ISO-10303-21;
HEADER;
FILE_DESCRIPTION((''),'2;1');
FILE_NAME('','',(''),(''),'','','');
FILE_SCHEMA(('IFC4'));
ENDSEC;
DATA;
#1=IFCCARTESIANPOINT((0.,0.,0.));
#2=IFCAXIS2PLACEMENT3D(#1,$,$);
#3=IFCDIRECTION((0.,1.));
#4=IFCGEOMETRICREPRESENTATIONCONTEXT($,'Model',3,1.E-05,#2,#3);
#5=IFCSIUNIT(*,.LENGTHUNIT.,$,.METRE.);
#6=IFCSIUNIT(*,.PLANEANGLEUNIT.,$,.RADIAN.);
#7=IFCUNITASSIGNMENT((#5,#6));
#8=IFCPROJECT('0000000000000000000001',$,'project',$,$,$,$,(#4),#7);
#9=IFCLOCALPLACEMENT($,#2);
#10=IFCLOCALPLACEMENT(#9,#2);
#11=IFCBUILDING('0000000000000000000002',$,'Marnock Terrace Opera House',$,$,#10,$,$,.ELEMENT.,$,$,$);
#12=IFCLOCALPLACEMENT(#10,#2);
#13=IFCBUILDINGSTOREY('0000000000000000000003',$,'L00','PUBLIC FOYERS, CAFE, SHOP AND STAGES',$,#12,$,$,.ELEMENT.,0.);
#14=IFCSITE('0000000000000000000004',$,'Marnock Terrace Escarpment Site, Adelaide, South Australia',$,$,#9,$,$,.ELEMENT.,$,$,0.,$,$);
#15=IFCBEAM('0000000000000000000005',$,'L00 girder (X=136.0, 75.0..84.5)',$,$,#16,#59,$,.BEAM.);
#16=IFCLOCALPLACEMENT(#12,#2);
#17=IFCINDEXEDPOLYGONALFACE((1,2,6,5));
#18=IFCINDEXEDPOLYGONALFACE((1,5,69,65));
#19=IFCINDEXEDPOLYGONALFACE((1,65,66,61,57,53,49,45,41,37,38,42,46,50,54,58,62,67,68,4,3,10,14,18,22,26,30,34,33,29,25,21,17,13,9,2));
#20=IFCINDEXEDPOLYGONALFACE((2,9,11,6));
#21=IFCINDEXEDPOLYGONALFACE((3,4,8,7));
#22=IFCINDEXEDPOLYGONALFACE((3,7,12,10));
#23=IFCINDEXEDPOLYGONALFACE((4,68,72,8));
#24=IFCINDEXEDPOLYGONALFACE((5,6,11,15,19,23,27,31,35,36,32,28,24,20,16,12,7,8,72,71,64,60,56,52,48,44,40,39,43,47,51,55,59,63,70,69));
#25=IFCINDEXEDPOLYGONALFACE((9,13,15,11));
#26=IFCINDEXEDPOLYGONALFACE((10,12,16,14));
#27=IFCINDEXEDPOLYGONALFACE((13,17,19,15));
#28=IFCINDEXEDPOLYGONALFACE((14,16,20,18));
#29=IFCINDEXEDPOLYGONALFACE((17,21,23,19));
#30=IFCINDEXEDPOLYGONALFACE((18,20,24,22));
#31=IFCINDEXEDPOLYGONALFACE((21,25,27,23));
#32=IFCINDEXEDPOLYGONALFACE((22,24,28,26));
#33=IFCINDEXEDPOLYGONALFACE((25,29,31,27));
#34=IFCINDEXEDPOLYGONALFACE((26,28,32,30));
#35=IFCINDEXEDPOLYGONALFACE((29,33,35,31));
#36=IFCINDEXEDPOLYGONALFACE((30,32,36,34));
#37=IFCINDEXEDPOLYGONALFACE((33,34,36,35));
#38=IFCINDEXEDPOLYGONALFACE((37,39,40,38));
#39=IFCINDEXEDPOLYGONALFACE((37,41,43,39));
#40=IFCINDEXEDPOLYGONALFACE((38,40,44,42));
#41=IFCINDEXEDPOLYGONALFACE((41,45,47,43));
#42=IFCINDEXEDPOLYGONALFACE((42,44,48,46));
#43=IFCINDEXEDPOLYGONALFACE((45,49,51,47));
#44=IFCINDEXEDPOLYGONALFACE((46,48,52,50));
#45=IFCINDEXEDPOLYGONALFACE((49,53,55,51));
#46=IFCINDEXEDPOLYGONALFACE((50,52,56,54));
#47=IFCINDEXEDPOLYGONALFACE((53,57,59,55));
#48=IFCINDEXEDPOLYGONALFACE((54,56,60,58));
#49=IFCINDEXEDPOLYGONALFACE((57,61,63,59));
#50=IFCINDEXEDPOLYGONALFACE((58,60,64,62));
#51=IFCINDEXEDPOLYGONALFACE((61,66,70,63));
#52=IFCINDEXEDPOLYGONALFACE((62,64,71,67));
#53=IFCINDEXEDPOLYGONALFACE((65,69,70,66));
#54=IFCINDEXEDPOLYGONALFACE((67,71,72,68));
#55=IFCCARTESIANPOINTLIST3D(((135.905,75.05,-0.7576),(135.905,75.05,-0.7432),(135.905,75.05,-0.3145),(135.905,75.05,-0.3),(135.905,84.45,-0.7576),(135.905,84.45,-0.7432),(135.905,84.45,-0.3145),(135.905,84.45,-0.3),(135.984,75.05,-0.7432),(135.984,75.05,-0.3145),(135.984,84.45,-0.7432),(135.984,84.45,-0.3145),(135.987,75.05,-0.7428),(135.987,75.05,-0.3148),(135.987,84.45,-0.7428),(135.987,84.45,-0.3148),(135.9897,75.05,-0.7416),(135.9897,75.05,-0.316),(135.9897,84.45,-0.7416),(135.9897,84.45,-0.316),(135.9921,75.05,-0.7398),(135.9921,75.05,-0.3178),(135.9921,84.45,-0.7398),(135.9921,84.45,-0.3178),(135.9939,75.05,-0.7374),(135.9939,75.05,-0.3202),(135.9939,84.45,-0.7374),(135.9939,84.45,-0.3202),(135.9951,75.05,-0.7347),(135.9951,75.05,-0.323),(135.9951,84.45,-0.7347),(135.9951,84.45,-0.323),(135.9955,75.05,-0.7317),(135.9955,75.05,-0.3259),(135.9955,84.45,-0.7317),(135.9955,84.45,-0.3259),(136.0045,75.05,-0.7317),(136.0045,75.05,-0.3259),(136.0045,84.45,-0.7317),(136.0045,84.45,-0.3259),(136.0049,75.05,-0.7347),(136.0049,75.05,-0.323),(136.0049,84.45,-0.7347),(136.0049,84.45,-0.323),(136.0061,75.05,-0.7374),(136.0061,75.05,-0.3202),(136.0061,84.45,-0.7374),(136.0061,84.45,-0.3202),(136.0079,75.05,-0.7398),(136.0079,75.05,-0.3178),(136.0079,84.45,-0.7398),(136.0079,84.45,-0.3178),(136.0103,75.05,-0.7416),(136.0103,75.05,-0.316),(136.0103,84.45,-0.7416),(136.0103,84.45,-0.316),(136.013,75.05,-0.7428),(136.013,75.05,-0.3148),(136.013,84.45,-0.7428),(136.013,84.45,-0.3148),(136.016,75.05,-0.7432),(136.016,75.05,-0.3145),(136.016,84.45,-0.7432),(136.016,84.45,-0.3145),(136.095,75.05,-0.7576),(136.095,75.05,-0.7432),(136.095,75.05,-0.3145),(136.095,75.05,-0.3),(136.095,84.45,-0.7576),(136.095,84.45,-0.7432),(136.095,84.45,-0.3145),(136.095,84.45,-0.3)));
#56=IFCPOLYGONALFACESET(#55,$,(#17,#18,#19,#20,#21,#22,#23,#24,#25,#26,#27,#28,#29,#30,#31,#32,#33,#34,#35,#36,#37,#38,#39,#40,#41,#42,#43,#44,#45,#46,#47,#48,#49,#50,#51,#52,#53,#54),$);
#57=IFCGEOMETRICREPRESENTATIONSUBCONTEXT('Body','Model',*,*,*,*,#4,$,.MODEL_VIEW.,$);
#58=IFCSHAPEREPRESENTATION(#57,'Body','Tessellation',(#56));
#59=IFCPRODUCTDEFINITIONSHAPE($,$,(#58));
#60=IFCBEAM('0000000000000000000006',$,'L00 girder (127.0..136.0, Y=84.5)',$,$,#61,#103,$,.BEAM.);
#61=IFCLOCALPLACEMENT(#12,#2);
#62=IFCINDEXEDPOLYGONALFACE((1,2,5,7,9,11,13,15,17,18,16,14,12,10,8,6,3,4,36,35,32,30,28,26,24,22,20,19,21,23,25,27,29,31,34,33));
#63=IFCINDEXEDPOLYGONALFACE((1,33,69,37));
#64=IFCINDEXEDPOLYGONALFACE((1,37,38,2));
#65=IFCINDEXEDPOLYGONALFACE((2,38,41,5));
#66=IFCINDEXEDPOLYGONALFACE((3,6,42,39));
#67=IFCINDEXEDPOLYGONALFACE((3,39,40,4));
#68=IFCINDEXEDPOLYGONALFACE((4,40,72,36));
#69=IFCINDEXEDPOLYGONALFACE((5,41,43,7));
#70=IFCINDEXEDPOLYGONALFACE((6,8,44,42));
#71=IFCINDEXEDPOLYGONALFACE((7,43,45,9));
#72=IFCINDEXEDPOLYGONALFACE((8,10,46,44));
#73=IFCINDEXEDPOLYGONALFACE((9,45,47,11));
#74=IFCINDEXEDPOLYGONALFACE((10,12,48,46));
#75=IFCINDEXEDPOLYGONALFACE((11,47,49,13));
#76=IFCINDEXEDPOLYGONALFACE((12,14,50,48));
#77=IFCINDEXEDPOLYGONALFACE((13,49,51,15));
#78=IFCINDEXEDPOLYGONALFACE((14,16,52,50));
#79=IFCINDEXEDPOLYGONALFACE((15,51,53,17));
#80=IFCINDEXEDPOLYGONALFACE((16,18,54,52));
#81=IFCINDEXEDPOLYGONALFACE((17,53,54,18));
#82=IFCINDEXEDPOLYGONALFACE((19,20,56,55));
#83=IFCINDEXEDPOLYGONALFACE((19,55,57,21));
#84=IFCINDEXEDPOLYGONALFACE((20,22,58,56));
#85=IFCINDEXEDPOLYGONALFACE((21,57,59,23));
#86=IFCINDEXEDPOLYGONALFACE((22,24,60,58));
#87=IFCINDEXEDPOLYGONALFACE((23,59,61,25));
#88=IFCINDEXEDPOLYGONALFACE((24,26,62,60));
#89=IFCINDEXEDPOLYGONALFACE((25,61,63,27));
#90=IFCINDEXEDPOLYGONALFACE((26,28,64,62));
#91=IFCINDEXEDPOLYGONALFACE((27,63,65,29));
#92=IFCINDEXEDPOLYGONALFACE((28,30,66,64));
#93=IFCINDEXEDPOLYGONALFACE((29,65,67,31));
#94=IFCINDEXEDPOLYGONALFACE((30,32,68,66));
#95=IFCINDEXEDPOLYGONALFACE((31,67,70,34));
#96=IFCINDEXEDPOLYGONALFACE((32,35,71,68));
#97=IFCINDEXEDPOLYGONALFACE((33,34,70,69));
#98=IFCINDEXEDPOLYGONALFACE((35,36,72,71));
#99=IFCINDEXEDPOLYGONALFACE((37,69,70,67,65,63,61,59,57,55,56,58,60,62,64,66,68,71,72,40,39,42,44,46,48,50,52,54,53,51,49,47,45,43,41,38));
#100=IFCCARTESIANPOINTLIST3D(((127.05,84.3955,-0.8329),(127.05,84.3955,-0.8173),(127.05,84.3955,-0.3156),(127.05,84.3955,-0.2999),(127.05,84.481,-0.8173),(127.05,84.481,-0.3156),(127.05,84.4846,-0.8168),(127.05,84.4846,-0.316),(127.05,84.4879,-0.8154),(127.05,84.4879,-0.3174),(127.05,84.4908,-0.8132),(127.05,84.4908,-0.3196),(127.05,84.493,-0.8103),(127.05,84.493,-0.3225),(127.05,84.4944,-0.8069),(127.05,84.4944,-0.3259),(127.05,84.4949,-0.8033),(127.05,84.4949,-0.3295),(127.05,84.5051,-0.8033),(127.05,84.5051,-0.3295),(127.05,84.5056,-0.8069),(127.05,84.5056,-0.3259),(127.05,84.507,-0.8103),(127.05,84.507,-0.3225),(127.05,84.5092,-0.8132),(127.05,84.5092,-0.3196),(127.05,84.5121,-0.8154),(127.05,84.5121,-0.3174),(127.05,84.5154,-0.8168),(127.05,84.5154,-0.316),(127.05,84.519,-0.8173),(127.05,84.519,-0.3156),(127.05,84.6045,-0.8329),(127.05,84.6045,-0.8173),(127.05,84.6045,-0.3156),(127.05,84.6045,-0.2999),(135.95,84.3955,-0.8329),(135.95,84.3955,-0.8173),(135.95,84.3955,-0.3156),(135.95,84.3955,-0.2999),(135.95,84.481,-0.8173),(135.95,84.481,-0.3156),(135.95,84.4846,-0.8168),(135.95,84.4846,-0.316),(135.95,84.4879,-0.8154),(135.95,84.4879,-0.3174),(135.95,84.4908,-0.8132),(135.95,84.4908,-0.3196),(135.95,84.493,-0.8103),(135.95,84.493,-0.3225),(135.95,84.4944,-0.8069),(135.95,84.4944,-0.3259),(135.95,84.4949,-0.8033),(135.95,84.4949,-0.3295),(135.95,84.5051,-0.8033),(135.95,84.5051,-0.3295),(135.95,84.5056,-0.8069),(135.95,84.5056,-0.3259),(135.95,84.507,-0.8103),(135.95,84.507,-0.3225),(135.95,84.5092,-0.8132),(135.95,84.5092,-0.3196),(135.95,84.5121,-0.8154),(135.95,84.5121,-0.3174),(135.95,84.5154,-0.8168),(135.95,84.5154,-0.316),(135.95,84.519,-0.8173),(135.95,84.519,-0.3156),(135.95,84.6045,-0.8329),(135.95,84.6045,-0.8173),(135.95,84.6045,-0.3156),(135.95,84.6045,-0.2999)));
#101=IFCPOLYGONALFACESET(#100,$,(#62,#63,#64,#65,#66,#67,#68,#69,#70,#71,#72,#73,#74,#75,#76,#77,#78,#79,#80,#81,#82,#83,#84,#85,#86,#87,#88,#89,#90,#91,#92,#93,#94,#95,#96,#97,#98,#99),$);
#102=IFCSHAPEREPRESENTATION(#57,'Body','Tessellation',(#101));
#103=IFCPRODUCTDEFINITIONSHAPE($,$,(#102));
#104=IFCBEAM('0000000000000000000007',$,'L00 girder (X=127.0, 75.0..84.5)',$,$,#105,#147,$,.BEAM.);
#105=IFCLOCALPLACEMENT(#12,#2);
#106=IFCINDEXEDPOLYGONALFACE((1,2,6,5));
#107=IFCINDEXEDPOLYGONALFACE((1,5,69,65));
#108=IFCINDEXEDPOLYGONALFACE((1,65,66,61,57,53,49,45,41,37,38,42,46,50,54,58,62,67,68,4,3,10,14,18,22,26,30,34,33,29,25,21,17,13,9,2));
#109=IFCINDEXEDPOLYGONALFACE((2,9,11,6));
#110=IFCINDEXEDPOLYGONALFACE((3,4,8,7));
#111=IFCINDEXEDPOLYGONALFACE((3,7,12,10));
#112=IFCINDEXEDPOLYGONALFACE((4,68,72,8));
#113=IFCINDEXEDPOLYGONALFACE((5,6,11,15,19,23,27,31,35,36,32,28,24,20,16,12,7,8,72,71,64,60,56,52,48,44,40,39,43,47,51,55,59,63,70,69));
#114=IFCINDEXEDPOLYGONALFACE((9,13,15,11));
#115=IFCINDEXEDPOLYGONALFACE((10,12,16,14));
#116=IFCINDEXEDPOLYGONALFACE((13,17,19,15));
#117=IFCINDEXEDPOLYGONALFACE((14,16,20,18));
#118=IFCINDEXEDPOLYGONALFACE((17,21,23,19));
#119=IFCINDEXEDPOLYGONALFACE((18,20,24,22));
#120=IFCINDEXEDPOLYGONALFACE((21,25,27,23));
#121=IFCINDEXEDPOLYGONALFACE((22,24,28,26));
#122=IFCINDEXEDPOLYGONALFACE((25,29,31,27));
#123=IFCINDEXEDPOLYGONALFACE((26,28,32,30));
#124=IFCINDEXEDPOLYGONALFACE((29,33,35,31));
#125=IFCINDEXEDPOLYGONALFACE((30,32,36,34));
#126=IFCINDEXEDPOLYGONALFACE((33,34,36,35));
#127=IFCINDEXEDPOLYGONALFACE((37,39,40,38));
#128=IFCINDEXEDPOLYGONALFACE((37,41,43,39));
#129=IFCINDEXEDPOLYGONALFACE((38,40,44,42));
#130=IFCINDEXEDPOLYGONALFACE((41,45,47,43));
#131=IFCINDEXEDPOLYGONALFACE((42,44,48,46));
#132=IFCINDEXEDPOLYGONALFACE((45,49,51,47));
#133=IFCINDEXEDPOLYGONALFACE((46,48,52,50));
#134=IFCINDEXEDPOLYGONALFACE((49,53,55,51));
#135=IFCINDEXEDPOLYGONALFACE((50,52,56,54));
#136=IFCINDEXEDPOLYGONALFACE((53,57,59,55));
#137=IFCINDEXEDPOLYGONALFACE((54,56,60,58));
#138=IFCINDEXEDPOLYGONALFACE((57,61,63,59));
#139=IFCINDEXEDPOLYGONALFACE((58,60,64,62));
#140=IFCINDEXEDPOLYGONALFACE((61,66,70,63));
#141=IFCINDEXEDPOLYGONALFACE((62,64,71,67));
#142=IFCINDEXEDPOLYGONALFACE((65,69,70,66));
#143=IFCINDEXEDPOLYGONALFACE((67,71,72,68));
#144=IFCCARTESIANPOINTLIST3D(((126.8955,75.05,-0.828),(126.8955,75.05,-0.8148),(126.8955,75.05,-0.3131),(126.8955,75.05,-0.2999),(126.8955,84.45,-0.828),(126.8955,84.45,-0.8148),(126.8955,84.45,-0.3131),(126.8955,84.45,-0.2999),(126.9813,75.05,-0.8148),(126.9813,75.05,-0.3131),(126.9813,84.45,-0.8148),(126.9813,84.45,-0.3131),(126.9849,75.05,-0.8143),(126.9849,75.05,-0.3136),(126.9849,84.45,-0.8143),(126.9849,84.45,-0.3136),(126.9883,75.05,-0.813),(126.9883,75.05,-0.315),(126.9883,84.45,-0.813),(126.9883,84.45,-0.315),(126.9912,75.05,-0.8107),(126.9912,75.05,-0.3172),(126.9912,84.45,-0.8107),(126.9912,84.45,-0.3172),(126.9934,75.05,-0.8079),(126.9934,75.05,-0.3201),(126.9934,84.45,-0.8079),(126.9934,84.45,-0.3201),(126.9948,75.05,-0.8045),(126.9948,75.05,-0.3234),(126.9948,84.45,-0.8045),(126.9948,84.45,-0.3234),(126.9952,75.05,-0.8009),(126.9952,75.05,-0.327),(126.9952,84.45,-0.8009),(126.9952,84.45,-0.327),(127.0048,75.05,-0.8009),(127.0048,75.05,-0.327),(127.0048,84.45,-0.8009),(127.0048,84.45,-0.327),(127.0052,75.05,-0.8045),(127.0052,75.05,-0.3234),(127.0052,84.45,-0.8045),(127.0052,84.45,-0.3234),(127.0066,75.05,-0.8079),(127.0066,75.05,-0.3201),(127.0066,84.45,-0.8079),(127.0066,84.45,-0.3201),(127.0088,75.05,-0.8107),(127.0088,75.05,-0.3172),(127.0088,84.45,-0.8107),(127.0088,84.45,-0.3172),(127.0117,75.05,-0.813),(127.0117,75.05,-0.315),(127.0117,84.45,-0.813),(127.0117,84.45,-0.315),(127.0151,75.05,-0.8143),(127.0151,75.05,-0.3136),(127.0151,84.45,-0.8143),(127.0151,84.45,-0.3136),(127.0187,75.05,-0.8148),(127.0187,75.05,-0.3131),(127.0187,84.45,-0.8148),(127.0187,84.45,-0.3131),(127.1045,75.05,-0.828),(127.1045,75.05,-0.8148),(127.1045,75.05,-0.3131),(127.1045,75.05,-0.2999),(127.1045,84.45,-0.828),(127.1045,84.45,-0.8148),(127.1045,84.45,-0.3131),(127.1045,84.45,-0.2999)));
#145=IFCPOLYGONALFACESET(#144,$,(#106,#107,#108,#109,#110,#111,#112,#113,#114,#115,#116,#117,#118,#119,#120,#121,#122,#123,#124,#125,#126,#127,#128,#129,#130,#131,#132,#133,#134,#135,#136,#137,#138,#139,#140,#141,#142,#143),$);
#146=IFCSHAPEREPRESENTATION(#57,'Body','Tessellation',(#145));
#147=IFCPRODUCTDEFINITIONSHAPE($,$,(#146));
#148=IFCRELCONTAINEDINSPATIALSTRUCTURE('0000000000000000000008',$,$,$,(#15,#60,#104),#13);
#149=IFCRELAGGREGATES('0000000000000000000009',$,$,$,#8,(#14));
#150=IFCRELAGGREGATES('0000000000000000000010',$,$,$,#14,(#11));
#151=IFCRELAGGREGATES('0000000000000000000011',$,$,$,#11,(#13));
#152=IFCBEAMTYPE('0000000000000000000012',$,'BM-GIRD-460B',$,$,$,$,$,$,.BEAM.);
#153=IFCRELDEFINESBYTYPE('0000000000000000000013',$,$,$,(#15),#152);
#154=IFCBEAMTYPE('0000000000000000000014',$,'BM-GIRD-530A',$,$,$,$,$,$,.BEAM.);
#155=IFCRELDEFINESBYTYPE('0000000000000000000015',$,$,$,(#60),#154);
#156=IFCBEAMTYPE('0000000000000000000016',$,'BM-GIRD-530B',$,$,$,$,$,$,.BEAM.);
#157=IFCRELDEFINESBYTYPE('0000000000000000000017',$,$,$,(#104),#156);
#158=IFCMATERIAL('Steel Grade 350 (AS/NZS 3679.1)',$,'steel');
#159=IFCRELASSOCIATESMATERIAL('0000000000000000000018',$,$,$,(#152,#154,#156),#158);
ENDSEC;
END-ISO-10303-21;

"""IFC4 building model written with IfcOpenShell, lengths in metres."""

from ifc_helpers import new_model, si_unit, direction, frame, origin, origin_2d, place, context, subcontext, project, spatial, i_section, extrude, material, material_profile, profile_set, type_object, element, save


model = new_model("IFC4")

# Units and contexts
model_context = context("Model", 3, precision=1e-05, world=origin(), true_north=direction((0.0, 1.0)))
body_context = subcontext(model_context, "Body", "Model", "MODEL_VIEW")
ifc_project = project(units=[si_unit("LENGTHUNIT", "METRE"), si_unit("PLANEANGLEUNIT", "RADIAN")], contexts=[model_context])

# Site, building, storey
site_placement = place(None, origin())
site = spatial("IfcSite", under=ifc_project, at=site_placement, Name="Marnock Terrace Escarpment Site, Adelaide, South Australia", CompositionType="ELEMENT", RefElevation=0.0)
building_placement = place(site_placement, origin())
building = spatial("IfcBuilding", under=site, at=building_placement, Name="Marnock Terrace Opera House", CompositionType="ELEMENT")
storey_placement = place(building_placement, origin())
storey = spatial("IfcBuildingStorey", under=building, at=storey_placement, Name="L00", Description="PUBLIC FOYERS, CAFE, SHOP AND STAGES", CompositionType="ELEMENT", Elevation=0.0)

# Beams
ifc_material_1 = material(Name="Steel Grade 350 (AS/NZS 3679.1)", Category="steel")
ifc_material_profile_1 = material_profile(ifc_material_1, i_section(OverallWidth=0.1899, OverallDepth=0.4575, WebThickness=0.009, FlangeThickness=0.0144, FilletRadius=0.0115, at=origin_2d()))
ifc_profile_set_1 = profile_set([ifc_material_profile_1], Name="Steel Grade 350 (AS/NZS 3679.1)")
beam_type_1 = type_object("IfcBeamType", Name="BM-GIRD-460B", PredefinedType="BEAM", material=ifc_profile_set_1)
for number, where, z_axis, x_axis, name in (
    (1, (136.0, 75.05, -0.5288), (0.0, 1.0, 0.0), (-1.0, 0.0, 0.0), "L00 girder (X=136.0, 75.0..84.5)"),
):
    element("IfcBeam", number, at=place(storey_placement, frame(where, z_axis=z_axis, x_axis=x_axis)), inside=storey, type_object=beam_type_1, Name=name, PredefinedType="BEAM", context=body_context, shape_type="SweptSolid", body=[
        extrude(i_section(OverallWidth=0.1899, OverallDepth=0.4575, WebThickness=0.009, FlangeThickness=0.0144, FilletRadius=0.0115, at=origin_2d()), origin(), (0.0, 0.0, 1.0), 9.3999),
    ])
ifc_material_profile_2 = material_profile(ifc_material_1, i_section(OverallWidth=0.209, OverallDepth=0.533, WebThickness=0.0103, FlangeThickness=0.0156, FilletRadius=0.0139, at=origin_2d()))
ifc_profile_set_2 = profile_set([ifc_material_profile_2], Name="Steel Grade 350 (AS/NZS 3679.1)")
beam_type_2 = type_object("IfcBeamType", Name="BM-GIRD-530A", PredefinedType="BEAM", material=ifc_profile_set_2)
beam_1_placement = place(storey_placement, frame((127.05, 84.5, -0.5664), z_axis=(1.0, 0.0, 0.0), x_axis=(0.0, 1.0, 0.0)))
element("IfcBeam", 2, at=beam_1_placement, inside=storey, type_object=beam_type_2, Name="L00 girder (127.0..136.0, Y=84.5)", PredefinedType="BEAM", context=body_context, shape_type="SweptSolid", body=[
    extrude(i_section(OverallWidth=0.209, OverallDepth=0.533, WebThickness=0.0103, FlangeThickness=0.0156, FilletRadius=0.0139, at=origin_2d()), origin(), (0.0, 0.0, 1.0), 8.8999),
])
ifc_material_profile_3 = material_profile(ifc_material_1, i_section(OverallWidth=0.209, OverallDepth=0.5281, WebThickness=0.0095, FlangeThickness=0.0132, FilletRadius=0.0139, at=origin_2d()))
ifc_profile_set_3 = profile_set([ifc_material_profile_3], Name="Steel Grade 350 (AS/NZS 3679.1)")
beam_type_3 = type_object("IfcBeamType", Name="BM-GIRD-530B", PredefinedType="BEAM", material=ifc_profile_set_3)
beam_2_placement = place(storey_placement, frame((127.0, 75.05, -0.564), z_axis=(0.0, 1.0, 0.0), x_axis=(-1.0, 0.0, 0.0)))
element("IfcBeam", 3, at=beam_2_placement, inside=storey, type_object=beam_type_3, Name="L00 girder (X=127.0, 75.0..84.5)", PredefinedType="BEAM", context=body_context, shape_type="SweptSolid", body=[
    extrude(i_section(OverallWidth=0.209, OverallDepth=0.5281, WebThickness=0.0095, FlangeThickness=0.0132, FilletRadius=0.0139, at=origin_2d()), origin(), (0.0, 0.0, 1.0), 9.3999),
])

save(model, "model.ifc")
